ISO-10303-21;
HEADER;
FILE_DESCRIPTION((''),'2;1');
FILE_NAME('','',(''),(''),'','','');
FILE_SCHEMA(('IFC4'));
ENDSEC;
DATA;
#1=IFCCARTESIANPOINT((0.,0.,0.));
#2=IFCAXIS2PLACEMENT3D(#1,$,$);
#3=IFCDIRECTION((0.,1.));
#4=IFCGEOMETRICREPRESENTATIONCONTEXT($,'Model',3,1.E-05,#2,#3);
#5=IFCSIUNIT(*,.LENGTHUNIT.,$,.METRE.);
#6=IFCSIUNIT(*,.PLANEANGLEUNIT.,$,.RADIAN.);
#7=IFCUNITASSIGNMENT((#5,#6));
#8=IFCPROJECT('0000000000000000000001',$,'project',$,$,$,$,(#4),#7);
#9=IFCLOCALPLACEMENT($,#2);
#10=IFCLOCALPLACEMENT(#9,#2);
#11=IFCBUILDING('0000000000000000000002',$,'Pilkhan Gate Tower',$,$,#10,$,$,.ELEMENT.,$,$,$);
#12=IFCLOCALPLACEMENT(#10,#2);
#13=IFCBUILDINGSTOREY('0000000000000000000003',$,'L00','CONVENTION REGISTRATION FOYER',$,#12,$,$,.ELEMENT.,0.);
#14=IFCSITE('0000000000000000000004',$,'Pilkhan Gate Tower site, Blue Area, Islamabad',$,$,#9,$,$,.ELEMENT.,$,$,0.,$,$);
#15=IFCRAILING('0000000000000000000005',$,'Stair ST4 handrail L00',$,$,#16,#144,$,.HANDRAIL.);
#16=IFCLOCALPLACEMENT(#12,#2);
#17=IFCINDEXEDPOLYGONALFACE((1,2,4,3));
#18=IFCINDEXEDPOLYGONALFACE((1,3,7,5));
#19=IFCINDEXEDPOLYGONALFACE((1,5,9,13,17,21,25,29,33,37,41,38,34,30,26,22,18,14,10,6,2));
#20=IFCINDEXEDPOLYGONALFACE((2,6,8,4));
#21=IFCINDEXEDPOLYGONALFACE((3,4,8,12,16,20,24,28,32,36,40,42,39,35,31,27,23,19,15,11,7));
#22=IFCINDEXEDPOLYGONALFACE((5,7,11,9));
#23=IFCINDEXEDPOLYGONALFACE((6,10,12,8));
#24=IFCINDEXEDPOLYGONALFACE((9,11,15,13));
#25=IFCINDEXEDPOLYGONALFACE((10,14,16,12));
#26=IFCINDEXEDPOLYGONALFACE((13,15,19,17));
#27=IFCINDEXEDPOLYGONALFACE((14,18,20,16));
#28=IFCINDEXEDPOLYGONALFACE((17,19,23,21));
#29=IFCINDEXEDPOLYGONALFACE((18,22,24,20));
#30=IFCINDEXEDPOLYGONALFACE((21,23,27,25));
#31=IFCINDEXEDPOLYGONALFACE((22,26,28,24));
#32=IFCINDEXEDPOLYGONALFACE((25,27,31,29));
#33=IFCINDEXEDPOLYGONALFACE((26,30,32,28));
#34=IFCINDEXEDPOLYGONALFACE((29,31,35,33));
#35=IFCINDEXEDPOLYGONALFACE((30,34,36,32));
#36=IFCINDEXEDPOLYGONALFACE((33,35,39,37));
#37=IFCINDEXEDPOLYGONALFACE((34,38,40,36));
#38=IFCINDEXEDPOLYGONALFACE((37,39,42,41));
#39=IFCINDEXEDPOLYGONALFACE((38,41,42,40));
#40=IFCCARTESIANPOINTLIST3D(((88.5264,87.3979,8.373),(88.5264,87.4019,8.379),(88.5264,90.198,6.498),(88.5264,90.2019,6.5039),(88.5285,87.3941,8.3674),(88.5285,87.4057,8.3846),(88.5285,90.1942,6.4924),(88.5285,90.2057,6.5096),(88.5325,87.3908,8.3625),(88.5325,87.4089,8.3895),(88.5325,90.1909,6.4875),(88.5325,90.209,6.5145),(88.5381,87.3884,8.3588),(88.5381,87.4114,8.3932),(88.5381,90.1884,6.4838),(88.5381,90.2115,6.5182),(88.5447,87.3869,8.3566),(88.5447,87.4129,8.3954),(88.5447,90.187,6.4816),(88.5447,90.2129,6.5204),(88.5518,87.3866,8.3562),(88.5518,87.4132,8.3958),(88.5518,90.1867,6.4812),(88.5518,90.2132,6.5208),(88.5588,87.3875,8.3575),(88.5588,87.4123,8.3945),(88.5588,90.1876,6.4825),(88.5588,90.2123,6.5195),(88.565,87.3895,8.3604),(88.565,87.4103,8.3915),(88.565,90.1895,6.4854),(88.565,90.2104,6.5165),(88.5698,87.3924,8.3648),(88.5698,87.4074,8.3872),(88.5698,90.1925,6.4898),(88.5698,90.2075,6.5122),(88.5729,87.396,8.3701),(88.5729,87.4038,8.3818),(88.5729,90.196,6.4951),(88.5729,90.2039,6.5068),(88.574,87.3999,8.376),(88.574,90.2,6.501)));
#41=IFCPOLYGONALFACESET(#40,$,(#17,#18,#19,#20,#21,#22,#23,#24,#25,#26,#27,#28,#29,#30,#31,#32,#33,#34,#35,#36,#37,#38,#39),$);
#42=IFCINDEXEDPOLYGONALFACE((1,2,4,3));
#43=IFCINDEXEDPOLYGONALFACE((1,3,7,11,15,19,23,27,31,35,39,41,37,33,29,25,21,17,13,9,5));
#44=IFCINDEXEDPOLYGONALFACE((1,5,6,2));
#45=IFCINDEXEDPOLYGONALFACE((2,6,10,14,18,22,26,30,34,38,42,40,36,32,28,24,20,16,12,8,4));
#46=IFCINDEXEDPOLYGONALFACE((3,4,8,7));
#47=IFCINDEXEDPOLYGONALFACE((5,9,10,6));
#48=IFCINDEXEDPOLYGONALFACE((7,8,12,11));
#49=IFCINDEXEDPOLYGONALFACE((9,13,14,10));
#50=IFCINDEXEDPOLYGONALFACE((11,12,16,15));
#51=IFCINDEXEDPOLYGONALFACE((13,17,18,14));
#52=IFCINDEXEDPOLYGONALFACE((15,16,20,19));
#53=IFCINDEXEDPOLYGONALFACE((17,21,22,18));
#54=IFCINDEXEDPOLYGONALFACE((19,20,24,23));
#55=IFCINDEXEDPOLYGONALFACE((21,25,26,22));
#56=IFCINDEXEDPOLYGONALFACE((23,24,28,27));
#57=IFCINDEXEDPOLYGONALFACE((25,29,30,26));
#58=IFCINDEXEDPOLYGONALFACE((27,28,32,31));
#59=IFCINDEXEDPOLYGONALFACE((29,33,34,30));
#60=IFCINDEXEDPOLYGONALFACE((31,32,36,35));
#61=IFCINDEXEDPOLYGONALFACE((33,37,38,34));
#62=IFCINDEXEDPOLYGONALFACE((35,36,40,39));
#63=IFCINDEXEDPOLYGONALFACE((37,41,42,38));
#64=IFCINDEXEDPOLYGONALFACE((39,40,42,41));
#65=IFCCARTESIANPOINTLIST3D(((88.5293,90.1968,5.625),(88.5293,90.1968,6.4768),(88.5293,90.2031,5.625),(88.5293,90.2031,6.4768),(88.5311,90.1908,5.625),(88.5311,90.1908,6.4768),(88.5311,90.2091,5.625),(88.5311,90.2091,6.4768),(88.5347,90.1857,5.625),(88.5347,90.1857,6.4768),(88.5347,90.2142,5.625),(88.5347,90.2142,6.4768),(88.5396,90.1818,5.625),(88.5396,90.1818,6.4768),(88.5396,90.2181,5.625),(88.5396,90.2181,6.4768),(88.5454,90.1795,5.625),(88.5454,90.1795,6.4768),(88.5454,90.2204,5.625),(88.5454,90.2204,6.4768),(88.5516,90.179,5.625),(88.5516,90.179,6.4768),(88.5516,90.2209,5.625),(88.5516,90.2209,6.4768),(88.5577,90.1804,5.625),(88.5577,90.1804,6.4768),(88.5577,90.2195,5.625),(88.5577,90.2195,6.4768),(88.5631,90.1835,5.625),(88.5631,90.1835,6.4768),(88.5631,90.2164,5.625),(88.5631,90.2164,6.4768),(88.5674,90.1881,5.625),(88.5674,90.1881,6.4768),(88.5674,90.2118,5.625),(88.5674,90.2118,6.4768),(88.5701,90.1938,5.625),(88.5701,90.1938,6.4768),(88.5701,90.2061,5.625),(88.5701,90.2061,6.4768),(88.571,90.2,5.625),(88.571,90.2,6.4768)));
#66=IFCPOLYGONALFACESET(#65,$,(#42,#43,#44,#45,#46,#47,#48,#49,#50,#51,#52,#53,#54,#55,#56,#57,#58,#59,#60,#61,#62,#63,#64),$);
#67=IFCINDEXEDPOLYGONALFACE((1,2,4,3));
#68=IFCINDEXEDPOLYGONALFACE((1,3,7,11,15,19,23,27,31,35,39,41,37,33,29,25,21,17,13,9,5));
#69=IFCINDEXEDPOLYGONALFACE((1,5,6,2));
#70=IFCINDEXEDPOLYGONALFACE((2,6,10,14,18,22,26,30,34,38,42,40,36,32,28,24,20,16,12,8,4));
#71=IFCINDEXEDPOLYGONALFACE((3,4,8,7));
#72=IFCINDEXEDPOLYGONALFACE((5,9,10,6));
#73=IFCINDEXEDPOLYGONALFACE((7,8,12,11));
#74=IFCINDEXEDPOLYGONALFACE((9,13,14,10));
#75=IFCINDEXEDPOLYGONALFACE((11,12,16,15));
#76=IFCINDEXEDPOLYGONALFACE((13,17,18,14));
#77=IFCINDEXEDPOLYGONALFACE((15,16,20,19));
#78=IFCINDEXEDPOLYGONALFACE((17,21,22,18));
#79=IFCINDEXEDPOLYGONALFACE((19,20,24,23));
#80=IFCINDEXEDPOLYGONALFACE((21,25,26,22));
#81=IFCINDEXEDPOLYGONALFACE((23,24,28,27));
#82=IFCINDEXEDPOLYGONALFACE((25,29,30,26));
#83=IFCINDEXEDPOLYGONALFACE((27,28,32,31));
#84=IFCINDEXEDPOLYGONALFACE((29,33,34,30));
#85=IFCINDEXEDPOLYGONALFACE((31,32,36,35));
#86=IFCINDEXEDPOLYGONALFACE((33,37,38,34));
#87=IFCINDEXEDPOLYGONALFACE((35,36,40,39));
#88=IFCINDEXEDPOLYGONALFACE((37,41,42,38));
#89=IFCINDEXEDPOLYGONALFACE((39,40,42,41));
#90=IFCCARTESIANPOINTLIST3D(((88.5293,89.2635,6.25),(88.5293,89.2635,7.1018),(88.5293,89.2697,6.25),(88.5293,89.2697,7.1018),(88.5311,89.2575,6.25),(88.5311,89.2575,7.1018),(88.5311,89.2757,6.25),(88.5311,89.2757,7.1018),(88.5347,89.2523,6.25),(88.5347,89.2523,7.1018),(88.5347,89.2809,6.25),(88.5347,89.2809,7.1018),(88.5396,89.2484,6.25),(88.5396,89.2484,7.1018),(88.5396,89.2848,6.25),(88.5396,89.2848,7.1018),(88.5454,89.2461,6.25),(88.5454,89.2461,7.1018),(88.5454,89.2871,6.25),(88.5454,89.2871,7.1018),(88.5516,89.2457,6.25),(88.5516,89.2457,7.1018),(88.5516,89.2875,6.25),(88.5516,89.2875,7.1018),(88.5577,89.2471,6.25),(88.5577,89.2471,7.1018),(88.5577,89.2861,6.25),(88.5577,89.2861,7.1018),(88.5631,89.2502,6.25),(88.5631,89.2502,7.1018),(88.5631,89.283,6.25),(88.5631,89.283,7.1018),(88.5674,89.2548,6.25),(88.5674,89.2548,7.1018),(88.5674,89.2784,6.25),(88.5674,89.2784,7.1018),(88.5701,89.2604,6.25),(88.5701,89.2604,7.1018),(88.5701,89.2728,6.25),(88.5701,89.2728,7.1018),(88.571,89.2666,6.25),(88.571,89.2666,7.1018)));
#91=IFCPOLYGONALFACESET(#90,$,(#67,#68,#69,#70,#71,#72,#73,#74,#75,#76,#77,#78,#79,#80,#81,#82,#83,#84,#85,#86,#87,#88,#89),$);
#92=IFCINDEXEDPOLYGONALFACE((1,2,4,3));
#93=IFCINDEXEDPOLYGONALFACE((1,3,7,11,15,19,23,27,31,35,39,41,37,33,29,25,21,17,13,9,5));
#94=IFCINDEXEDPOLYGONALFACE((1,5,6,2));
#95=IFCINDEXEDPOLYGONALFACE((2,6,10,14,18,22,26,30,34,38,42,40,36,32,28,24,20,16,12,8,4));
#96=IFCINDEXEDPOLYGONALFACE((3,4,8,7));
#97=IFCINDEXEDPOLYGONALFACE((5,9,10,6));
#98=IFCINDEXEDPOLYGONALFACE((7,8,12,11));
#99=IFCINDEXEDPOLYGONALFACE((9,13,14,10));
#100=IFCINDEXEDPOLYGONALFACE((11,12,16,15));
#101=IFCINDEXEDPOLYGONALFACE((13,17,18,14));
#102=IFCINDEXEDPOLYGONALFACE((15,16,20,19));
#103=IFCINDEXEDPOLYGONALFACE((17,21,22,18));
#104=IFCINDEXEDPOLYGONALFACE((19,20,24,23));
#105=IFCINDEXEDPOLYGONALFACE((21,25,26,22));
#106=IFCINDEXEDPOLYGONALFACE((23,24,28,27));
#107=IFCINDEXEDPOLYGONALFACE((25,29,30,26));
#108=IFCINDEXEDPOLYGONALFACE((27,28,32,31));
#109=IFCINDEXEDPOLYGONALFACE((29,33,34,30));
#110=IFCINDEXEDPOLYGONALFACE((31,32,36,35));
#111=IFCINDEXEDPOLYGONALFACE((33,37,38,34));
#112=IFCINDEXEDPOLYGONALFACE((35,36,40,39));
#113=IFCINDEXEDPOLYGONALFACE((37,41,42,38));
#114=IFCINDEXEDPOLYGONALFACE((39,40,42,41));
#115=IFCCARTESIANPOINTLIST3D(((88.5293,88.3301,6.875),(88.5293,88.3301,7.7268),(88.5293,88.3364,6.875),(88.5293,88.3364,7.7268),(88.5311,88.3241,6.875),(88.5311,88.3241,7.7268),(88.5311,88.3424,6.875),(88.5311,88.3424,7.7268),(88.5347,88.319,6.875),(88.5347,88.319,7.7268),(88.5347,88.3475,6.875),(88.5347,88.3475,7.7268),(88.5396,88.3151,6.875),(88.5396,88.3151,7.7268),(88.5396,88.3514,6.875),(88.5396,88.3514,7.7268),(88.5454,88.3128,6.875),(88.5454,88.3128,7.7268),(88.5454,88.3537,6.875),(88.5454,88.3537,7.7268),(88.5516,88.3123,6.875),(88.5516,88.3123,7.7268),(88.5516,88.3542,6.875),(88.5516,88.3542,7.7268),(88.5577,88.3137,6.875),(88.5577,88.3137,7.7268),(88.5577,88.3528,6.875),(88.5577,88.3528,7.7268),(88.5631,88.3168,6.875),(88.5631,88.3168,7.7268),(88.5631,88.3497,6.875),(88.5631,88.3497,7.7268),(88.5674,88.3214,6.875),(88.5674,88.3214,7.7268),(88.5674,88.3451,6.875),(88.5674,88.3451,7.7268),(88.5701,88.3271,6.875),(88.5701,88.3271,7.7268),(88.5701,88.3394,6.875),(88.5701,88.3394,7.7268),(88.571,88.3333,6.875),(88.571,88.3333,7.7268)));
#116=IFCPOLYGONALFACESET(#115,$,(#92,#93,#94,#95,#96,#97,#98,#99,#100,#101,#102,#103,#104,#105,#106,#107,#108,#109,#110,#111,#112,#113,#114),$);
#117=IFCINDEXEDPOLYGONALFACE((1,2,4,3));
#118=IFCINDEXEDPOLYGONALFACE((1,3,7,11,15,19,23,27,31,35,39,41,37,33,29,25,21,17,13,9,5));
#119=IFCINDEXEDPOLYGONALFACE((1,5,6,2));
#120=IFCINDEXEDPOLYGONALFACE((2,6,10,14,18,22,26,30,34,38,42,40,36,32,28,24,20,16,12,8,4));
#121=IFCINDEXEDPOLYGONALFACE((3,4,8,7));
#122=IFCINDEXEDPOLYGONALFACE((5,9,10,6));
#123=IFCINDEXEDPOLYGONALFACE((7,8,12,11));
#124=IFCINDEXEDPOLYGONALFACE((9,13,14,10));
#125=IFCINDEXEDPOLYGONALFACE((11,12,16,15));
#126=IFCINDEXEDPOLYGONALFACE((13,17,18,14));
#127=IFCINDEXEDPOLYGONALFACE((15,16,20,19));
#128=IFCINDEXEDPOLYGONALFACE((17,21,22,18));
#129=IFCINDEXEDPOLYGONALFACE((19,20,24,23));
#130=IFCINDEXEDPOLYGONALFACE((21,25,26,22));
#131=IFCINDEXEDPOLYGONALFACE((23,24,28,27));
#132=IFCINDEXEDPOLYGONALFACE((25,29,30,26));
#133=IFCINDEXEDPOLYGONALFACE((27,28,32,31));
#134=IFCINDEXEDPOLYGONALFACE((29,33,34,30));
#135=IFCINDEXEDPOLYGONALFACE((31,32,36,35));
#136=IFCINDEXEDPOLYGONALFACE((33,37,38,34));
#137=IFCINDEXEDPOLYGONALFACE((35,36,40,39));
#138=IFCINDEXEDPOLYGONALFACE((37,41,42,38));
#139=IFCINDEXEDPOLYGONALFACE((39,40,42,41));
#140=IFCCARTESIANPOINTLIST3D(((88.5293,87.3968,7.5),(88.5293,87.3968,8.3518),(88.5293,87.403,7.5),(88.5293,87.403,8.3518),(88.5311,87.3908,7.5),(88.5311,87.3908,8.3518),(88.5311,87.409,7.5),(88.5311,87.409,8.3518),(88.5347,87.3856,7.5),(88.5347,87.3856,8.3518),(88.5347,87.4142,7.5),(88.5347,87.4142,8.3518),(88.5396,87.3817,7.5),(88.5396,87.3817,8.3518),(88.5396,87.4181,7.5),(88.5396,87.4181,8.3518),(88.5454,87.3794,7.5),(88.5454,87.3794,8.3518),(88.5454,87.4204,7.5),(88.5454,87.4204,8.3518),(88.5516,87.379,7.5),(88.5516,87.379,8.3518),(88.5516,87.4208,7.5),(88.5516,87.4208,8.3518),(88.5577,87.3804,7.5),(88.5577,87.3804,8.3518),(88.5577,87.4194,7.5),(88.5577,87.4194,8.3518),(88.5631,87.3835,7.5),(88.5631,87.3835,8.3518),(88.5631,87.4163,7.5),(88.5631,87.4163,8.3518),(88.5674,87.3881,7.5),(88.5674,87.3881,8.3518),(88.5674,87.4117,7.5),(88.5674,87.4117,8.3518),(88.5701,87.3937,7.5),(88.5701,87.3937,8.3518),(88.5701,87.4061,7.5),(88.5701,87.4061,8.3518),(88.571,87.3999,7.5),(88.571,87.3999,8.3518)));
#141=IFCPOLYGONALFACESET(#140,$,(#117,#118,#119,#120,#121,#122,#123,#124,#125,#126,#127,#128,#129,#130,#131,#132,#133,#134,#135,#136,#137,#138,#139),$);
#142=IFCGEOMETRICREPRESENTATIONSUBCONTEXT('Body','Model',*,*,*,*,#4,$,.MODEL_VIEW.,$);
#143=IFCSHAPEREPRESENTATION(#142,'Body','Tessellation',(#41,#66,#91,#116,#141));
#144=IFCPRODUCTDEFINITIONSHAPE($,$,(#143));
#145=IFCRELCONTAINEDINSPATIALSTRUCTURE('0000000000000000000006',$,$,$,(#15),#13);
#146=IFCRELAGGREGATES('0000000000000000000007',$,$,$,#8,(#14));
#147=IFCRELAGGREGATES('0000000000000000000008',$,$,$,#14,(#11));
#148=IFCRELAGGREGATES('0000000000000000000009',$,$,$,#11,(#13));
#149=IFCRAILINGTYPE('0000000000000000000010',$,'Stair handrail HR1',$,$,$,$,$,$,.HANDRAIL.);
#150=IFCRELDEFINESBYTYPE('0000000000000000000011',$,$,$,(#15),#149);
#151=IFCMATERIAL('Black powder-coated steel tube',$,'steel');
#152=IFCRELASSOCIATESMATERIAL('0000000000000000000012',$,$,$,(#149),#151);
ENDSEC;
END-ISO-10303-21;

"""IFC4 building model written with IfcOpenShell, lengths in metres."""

from ifc_helpers import new_model, si_unit, direction, frame, origin, origin_2d, place, context, subcontext, project, spatial, circle, extrude, material, type_object, element, save


model = new_model("IFC4")

# Units and contexts
model_context = context("Model", 3, precision=1e-05, world=origin(), true_north=direction((0.0, 1.0)))
body_context = subcontext(model_context, "Body", "Model", "MODEL_VIEW")
ifc_project = project(units=[si_unit("LENGTHUNIT", "METRE"), si_unit("PLANEANGLEUNIT", "RADIAN")], contexts=[model_context])

# Site, building, storey
site_placement = place(None, origin())
site = spatial("IfcSite", under=ifc_project, at=site_placement, Name="Pilkhan Gate Tower site, Blue Area, Islamabad", CompositionType="ELEMENT", RefElevation=0.0)
building_placement = place(site_placement, origin())
building = spatial("IfcBuilding", under=site, at=building_placement, Name="Pilkhan Gate Tower", CompositionType="ELEMENT")
storey_placement = place(building_placement, origin())
storey = spatial("IfcBuildingStorey", under=building, at=storey_placement, Name="L00", Description="CONVENTION REGISTRATION FOYER", CompositionType="ELEMENT", Elevation=0.0)

# Railing
ifc_material_1 = material(Name="Black powder-coated steel tube", Category="steel")
railing_type_1 = type_object("IfcRailingType", Name="Stair handrail HR1", PredefinedType="HANDRAIL", material=ifc_material_1)
for number, where, name in (
    (1, (88.55, 90.2, 5.625), "Stair ST4 handrail L00"),
):
    element("IfcRailing", number, at=place(storey_placement, frame(where)), inside=storey, type_object=railing_type_1, Name=name, PredefinedType="HANDRAIL", context=body_context, shape_type="SweptSolid", body=[
        extrude(circle(Radius=0.0239, at=origin_2d()), frame((0.0, 0.0, 0.876), z_axis=(0.0, -0.830912, 0.556404), x_axis=(1.0, 0.0, 0.0)), (0.0, 0.0, 1.0), 3.3699),
        extrude(circle(Radius=0.021, at=origin_2d()), origin(), (0.0, 0.0, 1.0), 0.8518),
        extrude(circle(Radius=0.021, at=origin_2d()), frame((0.0, -0.9333, 0.625)), (0.0, 0.0, 1.0), 0.8518),
        extrude(circle(Radius=0.021, at=origin_2d()), frame((0.0, -1.8667, 1.25)), (0.0, 0.0, 1.0), 0.8518),
        extrude(circle(Radius=0.021, at=origin_2d()), frame((0.0, -2.8, 1.875)), (0.0, 0.0, 1.0), 0.8518),
    ])

save(model, "model.ifc")
